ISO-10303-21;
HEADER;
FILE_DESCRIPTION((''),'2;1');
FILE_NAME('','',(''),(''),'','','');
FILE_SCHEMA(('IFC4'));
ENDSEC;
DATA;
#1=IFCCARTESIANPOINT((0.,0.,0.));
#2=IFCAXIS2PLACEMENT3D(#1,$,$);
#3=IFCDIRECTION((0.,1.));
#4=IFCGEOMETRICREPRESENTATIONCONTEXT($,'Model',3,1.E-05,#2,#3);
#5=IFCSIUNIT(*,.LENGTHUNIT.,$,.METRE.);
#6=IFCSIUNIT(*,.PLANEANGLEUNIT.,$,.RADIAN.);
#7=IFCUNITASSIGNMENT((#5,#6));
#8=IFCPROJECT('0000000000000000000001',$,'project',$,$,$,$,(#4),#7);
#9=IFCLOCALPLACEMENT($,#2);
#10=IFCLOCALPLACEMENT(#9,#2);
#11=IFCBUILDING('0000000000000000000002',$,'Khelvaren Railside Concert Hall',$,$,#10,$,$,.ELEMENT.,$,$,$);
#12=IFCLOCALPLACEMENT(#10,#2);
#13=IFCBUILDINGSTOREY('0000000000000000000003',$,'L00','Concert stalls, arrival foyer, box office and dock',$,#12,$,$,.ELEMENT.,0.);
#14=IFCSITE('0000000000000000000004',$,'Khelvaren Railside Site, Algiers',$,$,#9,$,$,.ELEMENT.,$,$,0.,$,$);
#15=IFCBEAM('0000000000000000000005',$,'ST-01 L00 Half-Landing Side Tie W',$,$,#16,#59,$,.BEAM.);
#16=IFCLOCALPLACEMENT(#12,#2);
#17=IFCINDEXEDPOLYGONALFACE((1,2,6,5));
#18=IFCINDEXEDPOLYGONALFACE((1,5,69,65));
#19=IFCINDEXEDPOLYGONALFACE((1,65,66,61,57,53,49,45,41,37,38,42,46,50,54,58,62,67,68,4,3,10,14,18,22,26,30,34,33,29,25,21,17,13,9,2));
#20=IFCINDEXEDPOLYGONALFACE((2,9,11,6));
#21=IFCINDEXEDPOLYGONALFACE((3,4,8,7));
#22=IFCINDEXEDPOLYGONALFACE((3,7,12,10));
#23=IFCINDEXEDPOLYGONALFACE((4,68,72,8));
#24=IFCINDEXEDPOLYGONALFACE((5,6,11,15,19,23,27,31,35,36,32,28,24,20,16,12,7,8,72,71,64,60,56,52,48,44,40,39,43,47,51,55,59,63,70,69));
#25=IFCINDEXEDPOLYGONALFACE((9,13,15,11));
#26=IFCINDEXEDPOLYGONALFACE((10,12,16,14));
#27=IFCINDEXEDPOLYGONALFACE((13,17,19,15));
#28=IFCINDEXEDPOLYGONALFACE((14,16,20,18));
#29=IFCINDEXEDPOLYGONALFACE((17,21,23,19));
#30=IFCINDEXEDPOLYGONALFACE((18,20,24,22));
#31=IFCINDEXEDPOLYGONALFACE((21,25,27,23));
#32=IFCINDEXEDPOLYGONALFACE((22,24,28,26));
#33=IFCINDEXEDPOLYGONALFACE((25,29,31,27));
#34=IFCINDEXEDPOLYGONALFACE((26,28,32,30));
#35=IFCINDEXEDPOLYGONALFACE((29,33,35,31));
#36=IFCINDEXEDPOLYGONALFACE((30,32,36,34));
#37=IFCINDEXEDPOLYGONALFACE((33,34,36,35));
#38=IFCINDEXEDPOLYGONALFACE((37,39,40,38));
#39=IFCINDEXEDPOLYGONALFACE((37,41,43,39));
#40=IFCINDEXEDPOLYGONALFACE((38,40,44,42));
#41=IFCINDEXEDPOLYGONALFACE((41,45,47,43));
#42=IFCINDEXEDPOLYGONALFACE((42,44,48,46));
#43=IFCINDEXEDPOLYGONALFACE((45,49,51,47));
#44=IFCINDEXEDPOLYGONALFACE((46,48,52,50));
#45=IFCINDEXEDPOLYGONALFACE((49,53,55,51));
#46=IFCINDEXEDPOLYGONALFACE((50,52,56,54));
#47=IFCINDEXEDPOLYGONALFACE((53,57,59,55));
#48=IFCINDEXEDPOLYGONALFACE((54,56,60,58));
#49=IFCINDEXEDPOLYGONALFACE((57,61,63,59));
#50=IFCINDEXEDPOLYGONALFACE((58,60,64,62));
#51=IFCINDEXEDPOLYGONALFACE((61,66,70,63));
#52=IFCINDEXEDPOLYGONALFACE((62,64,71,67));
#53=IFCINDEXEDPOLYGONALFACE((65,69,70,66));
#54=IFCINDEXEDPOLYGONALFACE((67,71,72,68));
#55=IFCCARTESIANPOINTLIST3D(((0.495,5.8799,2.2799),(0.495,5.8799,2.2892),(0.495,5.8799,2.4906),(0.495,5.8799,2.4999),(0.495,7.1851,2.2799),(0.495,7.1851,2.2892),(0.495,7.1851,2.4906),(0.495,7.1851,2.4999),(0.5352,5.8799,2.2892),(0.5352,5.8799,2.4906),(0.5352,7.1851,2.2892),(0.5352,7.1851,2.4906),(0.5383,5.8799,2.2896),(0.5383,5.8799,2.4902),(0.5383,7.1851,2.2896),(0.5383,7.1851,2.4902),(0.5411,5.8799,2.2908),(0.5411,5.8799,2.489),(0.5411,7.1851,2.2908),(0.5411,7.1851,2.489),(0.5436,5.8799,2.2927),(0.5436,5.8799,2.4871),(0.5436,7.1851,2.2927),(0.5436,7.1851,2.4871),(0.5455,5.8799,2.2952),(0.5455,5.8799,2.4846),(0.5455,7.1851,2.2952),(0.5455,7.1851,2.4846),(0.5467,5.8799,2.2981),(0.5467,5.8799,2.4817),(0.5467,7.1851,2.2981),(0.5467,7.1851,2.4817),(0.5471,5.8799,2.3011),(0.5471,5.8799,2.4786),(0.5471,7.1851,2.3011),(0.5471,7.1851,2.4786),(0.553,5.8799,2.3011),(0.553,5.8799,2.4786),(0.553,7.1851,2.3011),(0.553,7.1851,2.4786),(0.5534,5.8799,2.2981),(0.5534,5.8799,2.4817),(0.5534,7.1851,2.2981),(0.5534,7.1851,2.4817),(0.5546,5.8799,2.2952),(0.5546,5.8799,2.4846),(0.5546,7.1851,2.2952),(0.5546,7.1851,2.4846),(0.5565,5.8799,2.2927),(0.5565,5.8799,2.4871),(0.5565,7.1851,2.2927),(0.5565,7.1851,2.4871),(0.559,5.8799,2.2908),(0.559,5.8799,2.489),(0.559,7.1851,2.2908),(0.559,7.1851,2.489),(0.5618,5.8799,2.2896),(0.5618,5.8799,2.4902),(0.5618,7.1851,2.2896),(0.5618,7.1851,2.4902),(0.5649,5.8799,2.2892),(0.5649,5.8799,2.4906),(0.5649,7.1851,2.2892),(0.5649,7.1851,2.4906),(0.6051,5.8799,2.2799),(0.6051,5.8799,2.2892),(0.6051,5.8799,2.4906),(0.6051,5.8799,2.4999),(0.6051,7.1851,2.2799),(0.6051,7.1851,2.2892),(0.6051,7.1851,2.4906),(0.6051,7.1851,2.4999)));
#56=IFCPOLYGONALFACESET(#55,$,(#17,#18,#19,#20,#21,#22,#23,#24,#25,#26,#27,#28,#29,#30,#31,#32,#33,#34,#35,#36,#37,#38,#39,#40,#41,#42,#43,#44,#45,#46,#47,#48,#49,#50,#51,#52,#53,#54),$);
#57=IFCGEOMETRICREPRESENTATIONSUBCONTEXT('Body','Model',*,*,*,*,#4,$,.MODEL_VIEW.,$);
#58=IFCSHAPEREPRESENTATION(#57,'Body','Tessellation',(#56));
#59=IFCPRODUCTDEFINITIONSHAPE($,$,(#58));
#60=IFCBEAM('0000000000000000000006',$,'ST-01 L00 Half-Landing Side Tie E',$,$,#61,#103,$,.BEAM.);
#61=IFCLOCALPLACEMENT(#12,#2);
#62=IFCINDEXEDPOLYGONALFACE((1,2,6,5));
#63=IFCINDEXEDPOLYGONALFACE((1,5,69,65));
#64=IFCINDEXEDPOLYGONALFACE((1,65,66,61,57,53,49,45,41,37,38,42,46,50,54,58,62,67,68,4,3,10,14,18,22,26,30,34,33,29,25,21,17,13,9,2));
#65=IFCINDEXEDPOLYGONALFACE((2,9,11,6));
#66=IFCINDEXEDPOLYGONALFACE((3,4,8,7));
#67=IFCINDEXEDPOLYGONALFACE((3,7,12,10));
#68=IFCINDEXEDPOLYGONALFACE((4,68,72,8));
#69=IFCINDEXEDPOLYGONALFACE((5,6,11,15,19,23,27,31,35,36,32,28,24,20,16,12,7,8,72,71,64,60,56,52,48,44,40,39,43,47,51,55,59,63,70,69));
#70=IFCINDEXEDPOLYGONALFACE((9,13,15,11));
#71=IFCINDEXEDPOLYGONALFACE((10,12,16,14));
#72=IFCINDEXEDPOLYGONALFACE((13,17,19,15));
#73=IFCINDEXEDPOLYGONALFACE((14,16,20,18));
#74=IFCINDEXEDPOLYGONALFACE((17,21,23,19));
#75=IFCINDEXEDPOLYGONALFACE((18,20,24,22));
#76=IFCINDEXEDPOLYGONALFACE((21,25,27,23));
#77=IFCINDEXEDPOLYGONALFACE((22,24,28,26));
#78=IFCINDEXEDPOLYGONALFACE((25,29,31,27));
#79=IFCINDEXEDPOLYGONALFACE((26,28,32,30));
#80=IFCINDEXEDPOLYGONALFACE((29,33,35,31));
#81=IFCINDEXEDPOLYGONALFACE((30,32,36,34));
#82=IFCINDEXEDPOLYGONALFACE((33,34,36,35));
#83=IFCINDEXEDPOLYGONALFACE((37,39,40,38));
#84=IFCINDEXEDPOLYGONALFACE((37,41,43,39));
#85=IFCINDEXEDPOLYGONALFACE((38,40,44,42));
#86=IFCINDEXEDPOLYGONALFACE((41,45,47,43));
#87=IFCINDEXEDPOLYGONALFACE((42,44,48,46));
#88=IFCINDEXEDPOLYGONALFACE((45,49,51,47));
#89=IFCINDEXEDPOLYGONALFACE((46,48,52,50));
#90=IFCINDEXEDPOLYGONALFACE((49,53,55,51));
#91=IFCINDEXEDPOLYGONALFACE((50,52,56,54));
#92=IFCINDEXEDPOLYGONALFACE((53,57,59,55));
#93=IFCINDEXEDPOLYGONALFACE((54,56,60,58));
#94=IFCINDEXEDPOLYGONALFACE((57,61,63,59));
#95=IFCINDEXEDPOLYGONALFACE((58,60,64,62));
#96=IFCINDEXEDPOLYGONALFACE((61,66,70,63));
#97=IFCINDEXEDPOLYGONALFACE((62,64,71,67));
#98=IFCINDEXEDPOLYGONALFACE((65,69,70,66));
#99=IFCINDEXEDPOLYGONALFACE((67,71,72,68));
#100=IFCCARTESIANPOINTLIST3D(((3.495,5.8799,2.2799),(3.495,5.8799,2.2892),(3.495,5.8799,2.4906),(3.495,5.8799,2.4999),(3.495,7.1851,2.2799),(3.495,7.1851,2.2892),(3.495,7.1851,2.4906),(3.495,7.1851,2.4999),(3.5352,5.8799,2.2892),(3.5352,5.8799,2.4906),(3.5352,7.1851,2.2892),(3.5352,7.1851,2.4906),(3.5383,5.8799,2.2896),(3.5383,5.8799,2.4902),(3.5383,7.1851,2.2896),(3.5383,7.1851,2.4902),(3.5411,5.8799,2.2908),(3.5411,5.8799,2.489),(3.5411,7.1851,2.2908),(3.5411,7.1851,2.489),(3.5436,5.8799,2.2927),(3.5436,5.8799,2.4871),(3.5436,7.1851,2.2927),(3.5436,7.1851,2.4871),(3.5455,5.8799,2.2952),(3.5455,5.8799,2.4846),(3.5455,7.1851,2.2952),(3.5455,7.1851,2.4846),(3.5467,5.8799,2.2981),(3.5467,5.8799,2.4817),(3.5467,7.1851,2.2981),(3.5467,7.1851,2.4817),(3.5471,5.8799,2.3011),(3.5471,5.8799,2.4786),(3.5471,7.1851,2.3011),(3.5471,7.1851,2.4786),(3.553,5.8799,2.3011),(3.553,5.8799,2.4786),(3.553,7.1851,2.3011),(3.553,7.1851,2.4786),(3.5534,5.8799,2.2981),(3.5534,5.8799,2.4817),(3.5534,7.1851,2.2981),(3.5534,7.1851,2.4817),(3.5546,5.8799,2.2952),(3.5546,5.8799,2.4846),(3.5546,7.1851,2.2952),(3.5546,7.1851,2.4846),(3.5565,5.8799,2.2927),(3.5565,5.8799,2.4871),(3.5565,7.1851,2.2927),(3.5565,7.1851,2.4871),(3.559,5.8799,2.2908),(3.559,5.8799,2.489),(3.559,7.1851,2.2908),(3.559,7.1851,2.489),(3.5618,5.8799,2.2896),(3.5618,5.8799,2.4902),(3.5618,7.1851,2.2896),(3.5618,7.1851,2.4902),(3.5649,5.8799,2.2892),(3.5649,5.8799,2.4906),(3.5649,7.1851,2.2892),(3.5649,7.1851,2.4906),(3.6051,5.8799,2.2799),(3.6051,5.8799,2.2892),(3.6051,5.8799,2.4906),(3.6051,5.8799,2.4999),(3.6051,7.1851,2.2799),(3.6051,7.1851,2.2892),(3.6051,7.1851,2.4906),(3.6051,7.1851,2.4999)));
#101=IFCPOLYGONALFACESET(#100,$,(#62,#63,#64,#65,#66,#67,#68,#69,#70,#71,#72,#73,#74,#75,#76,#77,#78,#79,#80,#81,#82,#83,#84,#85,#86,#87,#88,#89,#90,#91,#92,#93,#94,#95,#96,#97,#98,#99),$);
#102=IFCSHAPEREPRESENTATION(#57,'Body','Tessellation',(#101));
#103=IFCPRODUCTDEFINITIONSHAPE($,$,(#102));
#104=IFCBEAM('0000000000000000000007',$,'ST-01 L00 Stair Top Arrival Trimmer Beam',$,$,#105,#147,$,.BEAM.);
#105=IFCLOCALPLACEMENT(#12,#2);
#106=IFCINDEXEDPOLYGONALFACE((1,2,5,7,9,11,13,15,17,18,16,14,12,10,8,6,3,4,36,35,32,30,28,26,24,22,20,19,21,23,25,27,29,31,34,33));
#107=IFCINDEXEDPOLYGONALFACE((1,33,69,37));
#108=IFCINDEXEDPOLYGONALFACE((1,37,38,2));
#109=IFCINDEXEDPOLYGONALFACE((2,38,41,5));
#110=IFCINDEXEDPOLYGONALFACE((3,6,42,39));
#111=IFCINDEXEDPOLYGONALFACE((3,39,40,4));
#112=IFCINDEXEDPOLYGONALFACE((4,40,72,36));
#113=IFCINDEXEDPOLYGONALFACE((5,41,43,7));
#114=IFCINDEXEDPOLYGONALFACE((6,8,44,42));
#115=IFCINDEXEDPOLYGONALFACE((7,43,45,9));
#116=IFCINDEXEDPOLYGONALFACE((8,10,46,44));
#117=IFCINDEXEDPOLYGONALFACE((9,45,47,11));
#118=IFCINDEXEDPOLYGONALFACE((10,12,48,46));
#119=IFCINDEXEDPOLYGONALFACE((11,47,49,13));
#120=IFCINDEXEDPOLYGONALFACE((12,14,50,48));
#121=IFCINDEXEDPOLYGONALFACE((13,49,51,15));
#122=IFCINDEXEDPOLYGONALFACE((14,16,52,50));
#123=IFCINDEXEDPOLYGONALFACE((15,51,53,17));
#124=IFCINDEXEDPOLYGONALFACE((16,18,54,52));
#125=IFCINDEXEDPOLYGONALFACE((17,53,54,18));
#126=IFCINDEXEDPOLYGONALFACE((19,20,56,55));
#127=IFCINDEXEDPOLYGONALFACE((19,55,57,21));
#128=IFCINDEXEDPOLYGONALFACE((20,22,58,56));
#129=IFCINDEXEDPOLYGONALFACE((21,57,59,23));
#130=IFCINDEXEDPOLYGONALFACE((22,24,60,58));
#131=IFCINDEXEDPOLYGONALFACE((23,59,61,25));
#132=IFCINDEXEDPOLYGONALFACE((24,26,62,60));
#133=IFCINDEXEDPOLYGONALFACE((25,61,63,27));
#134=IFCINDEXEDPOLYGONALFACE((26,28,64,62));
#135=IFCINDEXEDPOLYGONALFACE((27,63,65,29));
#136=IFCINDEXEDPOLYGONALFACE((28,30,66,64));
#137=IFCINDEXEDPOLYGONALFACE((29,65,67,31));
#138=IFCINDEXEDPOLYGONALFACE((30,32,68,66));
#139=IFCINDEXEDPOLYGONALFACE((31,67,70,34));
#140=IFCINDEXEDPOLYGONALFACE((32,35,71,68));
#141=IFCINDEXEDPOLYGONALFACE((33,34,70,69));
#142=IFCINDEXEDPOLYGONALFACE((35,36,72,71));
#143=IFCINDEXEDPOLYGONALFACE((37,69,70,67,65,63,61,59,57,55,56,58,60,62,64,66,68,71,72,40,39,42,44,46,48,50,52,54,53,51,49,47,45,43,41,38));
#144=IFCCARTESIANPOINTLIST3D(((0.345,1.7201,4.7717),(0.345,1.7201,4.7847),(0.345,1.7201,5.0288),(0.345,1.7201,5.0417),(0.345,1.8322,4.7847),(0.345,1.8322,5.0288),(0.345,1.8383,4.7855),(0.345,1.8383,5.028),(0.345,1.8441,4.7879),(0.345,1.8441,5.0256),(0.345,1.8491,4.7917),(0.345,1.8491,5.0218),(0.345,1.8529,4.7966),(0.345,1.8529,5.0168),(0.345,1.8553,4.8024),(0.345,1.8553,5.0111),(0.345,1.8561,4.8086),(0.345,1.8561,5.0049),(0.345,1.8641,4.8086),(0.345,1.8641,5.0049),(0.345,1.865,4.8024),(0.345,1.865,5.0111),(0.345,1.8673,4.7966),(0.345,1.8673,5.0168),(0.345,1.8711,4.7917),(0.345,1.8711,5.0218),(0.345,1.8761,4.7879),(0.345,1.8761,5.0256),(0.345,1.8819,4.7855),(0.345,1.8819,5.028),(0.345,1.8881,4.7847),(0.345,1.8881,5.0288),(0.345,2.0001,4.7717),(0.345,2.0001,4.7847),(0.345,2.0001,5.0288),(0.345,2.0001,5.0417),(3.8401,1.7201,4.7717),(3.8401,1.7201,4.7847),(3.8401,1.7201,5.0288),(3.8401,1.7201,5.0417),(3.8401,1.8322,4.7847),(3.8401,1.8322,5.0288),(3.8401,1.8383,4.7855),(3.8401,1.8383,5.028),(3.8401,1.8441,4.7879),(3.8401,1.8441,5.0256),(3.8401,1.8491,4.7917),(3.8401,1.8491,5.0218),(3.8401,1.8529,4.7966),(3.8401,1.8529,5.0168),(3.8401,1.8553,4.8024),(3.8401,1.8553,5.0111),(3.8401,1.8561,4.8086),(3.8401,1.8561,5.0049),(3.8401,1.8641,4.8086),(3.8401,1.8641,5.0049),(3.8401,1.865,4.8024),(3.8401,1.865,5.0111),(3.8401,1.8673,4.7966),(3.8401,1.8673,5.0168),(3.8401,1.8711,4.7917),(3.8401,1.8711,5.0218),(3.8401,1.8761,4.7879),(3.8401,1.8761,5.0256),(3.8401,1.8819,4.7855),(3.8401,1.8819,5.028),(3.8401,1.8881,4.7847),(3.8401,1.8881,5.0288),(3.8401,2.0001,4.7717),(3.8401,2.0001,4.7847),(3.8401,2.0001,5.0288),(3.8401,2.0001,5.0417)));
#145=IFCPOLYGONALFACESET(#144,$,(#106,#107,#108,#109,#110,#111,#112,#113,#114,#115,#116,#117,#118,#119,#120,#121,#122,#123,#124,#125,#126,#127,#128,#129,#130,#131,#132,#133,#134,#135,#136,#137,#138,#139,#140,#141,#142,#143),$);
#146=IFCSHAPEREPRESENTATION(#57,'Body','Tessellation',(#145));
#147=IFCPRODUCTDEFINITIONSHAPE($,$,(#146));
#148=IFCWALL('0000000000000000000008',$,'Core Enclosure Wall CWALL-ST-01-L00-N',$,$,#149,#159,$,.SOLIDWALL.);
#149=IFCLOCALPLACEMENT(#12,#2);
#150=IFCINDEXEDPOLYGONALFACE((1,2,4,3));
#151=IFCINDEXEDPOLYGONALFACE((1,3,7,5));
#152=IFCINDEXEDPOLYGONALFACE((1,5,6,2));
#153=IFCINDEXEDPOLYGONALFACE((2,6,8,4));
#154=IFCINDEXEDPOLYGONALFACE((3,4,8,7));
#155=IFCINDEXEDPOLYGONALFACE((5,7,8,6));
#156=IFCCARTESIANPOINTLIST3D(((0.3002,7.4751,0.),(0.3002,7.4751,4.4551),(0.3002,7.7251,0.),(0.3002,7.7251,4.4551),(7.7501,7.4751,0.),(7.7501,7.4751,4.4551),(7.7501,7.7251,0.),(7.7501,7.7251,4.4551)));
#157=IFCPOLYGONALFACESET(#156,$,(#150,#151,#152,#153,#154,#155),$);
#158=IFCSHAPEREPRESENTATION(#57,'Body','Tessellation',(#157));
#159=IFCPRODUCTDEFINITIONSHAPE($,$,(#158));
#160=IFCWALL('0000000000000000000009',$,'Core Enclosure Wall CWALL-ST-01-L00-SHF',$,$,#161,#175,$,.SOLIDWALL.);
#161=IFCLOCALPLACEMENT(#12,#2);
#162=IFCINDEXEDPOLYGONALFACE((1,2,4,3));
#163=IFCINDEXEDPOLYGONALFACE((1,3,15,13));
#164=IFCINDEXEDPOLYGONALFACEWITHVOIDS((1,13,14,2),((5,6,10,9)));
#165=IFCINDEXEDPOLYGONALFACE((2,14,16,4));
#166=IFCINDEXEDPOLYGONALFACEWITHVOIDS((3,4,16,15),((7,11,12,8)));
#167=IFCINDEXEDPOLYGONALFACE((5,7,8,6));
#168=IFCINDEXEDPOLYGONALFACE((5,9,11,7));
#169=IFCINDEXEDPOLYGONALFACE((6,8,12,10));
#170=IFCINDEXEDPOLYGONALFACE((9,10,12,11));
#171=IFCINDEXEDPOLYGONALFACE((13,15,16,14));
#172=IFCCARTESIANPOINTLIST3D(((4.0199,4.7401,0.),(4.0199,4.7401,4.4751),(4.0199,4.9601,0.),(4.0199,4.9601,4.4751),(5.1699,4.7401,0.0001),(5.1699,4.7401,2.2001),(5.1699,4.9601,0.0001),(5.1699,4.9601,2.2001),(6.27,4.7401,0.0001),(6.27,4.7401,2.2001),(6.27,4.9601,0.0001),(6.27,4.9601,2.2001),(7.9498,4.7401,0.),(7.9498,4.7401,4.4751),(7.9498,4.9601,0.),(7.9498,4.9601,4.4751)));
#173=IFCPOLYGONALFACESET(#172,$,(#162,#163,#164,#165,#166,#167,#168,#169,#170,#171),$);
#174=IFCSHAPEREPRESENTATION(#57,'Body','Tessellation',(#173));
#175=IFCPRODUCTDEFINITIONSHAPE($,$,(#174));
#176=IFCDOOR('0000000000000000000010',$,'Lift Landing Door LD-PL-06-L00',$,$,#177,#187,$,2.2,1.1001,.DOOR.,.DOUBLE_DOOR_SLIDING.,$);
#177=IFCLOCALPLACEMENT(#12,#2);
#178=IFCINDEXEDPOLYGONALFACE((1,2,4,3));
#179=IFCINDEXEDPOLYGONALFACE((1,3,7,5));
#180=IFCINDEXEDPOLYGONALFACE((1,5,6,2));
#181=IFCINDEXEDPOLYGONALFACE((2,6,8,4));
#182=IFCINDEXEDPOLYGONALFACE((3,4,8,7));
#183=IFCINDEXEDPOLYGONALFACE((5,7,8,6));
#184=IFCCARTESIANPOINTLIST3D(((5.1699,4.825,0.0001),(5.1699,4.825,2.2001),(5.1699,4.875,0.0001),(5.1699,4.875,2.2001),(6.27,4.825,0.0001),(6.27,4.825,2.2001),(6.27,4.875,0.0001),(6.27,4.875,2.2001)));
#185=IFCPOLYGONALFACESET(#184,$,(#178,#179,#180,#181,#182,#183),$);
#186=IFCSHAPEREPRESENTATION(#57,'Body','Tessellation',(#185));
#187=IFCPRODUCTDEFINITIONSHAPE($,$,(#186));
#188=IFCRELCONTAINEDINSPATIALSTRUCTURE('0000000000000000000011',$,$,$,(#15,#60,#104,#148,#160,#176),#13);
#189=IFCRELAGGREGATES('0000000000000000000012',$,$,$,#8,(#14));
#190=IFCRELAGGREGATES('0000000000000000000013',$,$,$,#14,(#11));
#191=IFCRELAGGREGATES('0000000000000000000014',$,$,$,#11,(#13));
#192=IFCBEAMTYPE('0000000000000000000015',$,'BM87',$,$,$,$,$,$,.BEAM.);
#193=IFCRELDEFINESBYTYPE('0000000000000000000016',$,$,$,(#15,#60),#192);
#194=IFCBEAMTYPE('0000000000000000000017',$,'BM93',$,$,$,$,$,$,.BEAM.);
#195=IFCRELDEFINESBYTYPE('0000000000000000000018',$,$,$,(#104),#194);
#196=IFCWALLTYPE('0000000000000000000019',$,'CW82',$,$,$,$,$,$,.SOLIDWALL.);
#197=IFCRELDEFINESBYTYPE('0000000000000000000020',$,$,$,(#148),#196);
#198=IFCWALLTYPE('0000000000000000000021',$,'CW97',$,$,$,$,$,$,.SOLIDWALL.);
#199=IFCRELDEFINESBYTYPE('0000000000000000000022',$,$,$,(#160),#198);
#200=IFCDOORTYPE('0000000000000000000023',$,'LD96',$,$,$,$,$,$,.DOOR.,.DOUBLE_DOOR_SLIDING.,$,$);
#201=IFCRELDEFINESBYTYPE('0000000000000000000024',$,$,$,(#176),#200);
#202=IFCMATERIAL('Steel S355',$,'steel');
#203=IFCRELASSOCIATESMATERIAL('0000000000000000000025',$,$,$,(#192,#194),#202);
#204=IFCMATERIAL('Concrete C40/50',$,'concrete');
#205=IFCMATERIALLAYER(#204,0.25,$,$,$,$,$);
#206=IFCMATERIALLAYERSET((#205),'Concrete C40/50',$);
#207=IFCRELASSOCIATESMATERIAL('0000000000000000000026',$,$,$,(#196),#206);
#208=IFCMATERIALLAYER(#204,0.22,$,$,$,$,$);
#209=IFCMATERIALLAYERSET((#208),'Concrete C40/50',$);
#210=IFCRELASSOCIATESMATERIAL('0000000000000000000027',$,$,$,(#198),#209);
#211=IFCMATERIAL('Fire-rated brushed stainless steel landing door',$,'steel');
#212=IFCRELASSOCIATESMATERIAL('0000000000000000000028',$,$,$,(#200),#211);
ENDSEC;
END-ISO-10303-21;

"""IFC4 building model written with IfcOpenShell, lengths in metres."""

from ifc_helpers import new_model, si_unit, direction, frame, frame_2d, origin, origin_2d, place, context, subcontext, project, spatial, rectangle, i_section, extrude, material, layer, layer_set, material_profile, profile_set, type_object, element, fill, save


model = new_model("IFC4")

# Units and contexts
model_context = context("Model", 3, precision=1e-05, world=origin(), true_north=direction((0.0, 1.0)))
body_context = subcontext(model_context, "Body", "Model", "MODEL_VIEW")
ifc_project = project(units=[si_unit("LENGTHUNIT", "METRE"), si_unit("PLANEANGLEUNIT", "RADIAN")], contexts=[model_context])

# Site, building, storey
site_placement = place(None, origin())
site = spatial("IfcSite", under=ifc_project, at=site_placement, Name="Khelvaren Railside Site, Algiers", CompositionType="ELEMENT", RefElevation=0.0)
building_placement = place(site_placement, origin())
building = spatial("IfcBuilding", under=site, at=building_placement, Name="Khelvaren Railside Concert Hall", CompositionType="ELEMENT")
storey_placement = place(building_placement, origin())
storey = spatial("IfcBuildingStorey", under=building, at=storey_placement, Name="L00", Description="Concert stalls, arrival foyer, box office and dock", CompositionType="ELEMENT", Elevation=0.0)

# Beams
ifc_material_1 = material(Name="Steel S355", Category="steel")
ifc_material_profile_1 = material_profile(ifc_material_1, i_section(OverallWidth=0.1101, OverallDepth=0.22, WebThickness=0.0059, FlangeThickness=0.0093, FilletRadius=0.012, at=origin_2d()), Name="IPE 220")
ifc_profile_set_1 = profile_set([ifc_material_profile_1], Name="Steel S355")
beam_type_1 = type_object("IfcBeamType", Name="BM87", PredefinedType="BEAM", material=ifc_profile_set_1)
for number, where, z_axis, x_axis, name in (
    (1, (0.55, 5.8799, 2.3899), (0.0, 1.0, 0.0), (-1.0, 0.0, 0.0), "ST-01 L00 Half-Landing Side Tie W"),
    (2, (3.55, 5.8799, 2.3899), (0.0, 1.0, 0.0), (-1.0, 0.0, 0.0), "ST-01 L00 Half-Landing Side Tie E"),
):
    element("IfcBeam", number, at=place(storey_placement, frame(where, z_axis=z_axis, x_axis=x_axis)), inside=storey, type_object=beam_type_1, Name=name, PredefinedType="BEAM", context=body_context, shape_type="SweptSolid", body=[
        extrude(i_section(OverallWidth=0.1101, OverallDepth=0.22, WebThickness=0.0059, FlangeThickness=0.0093, FilletRadius=0.012, at=origin_2d()), origin(), (0.0, 0.0, 1.0), 1.3052),
    ])
ifc_material_profile_2 = material_profile(ifc_material_1, i_section(OverallWidth=0.28, OverallDepth=0.27, WebThickness=0.0081, FlangeThickness=0.0129, FilletRadius=0.0239, at=origin_2d()), Name="HEA 280")
ifc_profile_set_2 = profile_set([ifc_material_profile_2], Name="Steel S355")
beam_type_2 = type_object("IfcBeamType", Name="BM93", PredefinedType="BEAM", material=ifc_profile_set_2)
beam_1_placement = place(storey_placement, frame((0.345, 1.8601, 4.9067), z_axis=(1.0, 0.0, 0.0), x_axis=(0.0, 1.0, 0.0)))
element("IfcBeam", 3, at=beam_1_placement, inside=storey, type_object=beam_type_2, Name="ST-01 L00 Stair Top Arrival Trimmer Beam", PredefinedType="BEAM", context=body_context, shape_type="SweptSolid", body=[
    extrude(i_section(OverallWidth=0.28, OverallDepth=0.27, WebThickness=0.0081, FlangeThickness=0.0129, FilletRadius=0.0239, at=origin_2d()), origin(), (0.0, 0.0, 1.0), 3.4951),
])

# Wall
ifc_material_2 = material(Name="Concrete C40/50", Category="concrete")
ifc_layer_1 = layer(ifc_material_2, 0.25)
ifc_layer_set_1 = layer_set([ifc_layer_1], Name="Concrete C40/50")
wall_type_1 = type_object("IfcWallType", Name="CW82", PredefinedType="SOLIDWALL", material=ifc_layer_set_1)
wall_1_placement = place(storey_placement, frame((0.3, 7.6001, 0.0), z_axis=(0.0, 0.0, 1.0), x_axis=(1.0, 0.0, 0.0)))
element("IfcWall", 4, at=wall_1_placement, inside=storey, type_object=wall_type_1, Name="Core Enclosure Wall CWALL-ST-01-L00-N", PredefinedType="SOLIDWALL", context=body_context, shape_type="SweptSolid", body=[
    extrude(rectangle(XDim=7.45, YDim=0.25, at=frame_2d((3.7251, 0.0))), origin(), (0.0, 0.0, 1.0), 4.4551),
])

# Wall, opening, door
ifc_layer_2 = layer(ifc_material_2, 0.22)
ifc_layer_set_2 = layer_set([ifc_layer_2], Name="Concrete C40/50")
wall_type_2 = type_object("IfcWallType", Name="CW97", PredefinedType="SOLIDWALL", material=ifc_layer_set_2)
wall_2_placement = place(storey_placement, frame((4.02, 4.8501, 0.0), z_axis=(0.0, 0.0, 1.0), x_axis=(1.0, 0.0, 0.0)))
wall_2 = element("IfcWall", 5, at=wall_2_placement, inside=storey, type_object=wall_type_2, Name="Core Enclosure Wall CWALL-ST-01-L00-SHF", PredefinedType="SOLIDWALL", context=body_context, shape_type="SweptSolid", body=[
    extrude(rectangle(XDim=3.9299, YDim=0.22, at=frame_2d((1.9648, 0.0))), origin(), (0.0, 0.0, 1.0), 4.4751),
])
opening_placement = place(wall_2_placement, frame((1.1499, 0.0, 0.0)))
opening = element("IfcOpeningElement", 6, at=opening_placement, cuts=wall_2, PredefinedType="OPENING", context=body_context, shape_type="SweptSolid", body=[
    extrude(rectangle(XDim=1.1001, YDim=2.2, at=frame_2d((0.55, 1.1001))), frame((0.0, 0.1199, 0.0), z_axis=(0.0, -1.0, 0.0), x_axis=(1.0, 0.0, 0.0)), (0.0, 0.0, 1.0), 0.24),
])
ifc_material_3 = material(Name="Fire-rated brushed stainless steel landing door", Category="steel")
door_type = type_object("IfcDoorType", Name="LD96", OperationType="DOUBLE_DOOR_SLIDING", PredefinedType="DOOR", material=ifc_material_3)
door_placement = place(opening_placement, origin())
door = element("IfcDoor", 7, at=door_placement, inside=storey, type_object=door_type, Name="Lift Landing Door LD-PL-06-L00", OperationType="DOUBLE_DOOR_SLIDING", OverallHeight=2.2, OverallWidth=1.1001, PredefinedType="DOOR", context=body_context, shape_type="SweptSolid", body=[
    extrude(rectangle(XDim=1.1001, YDim=2.2, at=frame_2d((0.55, 1.1001))), frame((0.0, 0.0249, 0.0), z_axis=(0.0, -1.0, 0.0), x_axis=(1.0, 0.0, 0.0)), (0.0, 0.0, 1.0), 0.05),
])
fill(opening, door)

save(model, "model.ifc")
